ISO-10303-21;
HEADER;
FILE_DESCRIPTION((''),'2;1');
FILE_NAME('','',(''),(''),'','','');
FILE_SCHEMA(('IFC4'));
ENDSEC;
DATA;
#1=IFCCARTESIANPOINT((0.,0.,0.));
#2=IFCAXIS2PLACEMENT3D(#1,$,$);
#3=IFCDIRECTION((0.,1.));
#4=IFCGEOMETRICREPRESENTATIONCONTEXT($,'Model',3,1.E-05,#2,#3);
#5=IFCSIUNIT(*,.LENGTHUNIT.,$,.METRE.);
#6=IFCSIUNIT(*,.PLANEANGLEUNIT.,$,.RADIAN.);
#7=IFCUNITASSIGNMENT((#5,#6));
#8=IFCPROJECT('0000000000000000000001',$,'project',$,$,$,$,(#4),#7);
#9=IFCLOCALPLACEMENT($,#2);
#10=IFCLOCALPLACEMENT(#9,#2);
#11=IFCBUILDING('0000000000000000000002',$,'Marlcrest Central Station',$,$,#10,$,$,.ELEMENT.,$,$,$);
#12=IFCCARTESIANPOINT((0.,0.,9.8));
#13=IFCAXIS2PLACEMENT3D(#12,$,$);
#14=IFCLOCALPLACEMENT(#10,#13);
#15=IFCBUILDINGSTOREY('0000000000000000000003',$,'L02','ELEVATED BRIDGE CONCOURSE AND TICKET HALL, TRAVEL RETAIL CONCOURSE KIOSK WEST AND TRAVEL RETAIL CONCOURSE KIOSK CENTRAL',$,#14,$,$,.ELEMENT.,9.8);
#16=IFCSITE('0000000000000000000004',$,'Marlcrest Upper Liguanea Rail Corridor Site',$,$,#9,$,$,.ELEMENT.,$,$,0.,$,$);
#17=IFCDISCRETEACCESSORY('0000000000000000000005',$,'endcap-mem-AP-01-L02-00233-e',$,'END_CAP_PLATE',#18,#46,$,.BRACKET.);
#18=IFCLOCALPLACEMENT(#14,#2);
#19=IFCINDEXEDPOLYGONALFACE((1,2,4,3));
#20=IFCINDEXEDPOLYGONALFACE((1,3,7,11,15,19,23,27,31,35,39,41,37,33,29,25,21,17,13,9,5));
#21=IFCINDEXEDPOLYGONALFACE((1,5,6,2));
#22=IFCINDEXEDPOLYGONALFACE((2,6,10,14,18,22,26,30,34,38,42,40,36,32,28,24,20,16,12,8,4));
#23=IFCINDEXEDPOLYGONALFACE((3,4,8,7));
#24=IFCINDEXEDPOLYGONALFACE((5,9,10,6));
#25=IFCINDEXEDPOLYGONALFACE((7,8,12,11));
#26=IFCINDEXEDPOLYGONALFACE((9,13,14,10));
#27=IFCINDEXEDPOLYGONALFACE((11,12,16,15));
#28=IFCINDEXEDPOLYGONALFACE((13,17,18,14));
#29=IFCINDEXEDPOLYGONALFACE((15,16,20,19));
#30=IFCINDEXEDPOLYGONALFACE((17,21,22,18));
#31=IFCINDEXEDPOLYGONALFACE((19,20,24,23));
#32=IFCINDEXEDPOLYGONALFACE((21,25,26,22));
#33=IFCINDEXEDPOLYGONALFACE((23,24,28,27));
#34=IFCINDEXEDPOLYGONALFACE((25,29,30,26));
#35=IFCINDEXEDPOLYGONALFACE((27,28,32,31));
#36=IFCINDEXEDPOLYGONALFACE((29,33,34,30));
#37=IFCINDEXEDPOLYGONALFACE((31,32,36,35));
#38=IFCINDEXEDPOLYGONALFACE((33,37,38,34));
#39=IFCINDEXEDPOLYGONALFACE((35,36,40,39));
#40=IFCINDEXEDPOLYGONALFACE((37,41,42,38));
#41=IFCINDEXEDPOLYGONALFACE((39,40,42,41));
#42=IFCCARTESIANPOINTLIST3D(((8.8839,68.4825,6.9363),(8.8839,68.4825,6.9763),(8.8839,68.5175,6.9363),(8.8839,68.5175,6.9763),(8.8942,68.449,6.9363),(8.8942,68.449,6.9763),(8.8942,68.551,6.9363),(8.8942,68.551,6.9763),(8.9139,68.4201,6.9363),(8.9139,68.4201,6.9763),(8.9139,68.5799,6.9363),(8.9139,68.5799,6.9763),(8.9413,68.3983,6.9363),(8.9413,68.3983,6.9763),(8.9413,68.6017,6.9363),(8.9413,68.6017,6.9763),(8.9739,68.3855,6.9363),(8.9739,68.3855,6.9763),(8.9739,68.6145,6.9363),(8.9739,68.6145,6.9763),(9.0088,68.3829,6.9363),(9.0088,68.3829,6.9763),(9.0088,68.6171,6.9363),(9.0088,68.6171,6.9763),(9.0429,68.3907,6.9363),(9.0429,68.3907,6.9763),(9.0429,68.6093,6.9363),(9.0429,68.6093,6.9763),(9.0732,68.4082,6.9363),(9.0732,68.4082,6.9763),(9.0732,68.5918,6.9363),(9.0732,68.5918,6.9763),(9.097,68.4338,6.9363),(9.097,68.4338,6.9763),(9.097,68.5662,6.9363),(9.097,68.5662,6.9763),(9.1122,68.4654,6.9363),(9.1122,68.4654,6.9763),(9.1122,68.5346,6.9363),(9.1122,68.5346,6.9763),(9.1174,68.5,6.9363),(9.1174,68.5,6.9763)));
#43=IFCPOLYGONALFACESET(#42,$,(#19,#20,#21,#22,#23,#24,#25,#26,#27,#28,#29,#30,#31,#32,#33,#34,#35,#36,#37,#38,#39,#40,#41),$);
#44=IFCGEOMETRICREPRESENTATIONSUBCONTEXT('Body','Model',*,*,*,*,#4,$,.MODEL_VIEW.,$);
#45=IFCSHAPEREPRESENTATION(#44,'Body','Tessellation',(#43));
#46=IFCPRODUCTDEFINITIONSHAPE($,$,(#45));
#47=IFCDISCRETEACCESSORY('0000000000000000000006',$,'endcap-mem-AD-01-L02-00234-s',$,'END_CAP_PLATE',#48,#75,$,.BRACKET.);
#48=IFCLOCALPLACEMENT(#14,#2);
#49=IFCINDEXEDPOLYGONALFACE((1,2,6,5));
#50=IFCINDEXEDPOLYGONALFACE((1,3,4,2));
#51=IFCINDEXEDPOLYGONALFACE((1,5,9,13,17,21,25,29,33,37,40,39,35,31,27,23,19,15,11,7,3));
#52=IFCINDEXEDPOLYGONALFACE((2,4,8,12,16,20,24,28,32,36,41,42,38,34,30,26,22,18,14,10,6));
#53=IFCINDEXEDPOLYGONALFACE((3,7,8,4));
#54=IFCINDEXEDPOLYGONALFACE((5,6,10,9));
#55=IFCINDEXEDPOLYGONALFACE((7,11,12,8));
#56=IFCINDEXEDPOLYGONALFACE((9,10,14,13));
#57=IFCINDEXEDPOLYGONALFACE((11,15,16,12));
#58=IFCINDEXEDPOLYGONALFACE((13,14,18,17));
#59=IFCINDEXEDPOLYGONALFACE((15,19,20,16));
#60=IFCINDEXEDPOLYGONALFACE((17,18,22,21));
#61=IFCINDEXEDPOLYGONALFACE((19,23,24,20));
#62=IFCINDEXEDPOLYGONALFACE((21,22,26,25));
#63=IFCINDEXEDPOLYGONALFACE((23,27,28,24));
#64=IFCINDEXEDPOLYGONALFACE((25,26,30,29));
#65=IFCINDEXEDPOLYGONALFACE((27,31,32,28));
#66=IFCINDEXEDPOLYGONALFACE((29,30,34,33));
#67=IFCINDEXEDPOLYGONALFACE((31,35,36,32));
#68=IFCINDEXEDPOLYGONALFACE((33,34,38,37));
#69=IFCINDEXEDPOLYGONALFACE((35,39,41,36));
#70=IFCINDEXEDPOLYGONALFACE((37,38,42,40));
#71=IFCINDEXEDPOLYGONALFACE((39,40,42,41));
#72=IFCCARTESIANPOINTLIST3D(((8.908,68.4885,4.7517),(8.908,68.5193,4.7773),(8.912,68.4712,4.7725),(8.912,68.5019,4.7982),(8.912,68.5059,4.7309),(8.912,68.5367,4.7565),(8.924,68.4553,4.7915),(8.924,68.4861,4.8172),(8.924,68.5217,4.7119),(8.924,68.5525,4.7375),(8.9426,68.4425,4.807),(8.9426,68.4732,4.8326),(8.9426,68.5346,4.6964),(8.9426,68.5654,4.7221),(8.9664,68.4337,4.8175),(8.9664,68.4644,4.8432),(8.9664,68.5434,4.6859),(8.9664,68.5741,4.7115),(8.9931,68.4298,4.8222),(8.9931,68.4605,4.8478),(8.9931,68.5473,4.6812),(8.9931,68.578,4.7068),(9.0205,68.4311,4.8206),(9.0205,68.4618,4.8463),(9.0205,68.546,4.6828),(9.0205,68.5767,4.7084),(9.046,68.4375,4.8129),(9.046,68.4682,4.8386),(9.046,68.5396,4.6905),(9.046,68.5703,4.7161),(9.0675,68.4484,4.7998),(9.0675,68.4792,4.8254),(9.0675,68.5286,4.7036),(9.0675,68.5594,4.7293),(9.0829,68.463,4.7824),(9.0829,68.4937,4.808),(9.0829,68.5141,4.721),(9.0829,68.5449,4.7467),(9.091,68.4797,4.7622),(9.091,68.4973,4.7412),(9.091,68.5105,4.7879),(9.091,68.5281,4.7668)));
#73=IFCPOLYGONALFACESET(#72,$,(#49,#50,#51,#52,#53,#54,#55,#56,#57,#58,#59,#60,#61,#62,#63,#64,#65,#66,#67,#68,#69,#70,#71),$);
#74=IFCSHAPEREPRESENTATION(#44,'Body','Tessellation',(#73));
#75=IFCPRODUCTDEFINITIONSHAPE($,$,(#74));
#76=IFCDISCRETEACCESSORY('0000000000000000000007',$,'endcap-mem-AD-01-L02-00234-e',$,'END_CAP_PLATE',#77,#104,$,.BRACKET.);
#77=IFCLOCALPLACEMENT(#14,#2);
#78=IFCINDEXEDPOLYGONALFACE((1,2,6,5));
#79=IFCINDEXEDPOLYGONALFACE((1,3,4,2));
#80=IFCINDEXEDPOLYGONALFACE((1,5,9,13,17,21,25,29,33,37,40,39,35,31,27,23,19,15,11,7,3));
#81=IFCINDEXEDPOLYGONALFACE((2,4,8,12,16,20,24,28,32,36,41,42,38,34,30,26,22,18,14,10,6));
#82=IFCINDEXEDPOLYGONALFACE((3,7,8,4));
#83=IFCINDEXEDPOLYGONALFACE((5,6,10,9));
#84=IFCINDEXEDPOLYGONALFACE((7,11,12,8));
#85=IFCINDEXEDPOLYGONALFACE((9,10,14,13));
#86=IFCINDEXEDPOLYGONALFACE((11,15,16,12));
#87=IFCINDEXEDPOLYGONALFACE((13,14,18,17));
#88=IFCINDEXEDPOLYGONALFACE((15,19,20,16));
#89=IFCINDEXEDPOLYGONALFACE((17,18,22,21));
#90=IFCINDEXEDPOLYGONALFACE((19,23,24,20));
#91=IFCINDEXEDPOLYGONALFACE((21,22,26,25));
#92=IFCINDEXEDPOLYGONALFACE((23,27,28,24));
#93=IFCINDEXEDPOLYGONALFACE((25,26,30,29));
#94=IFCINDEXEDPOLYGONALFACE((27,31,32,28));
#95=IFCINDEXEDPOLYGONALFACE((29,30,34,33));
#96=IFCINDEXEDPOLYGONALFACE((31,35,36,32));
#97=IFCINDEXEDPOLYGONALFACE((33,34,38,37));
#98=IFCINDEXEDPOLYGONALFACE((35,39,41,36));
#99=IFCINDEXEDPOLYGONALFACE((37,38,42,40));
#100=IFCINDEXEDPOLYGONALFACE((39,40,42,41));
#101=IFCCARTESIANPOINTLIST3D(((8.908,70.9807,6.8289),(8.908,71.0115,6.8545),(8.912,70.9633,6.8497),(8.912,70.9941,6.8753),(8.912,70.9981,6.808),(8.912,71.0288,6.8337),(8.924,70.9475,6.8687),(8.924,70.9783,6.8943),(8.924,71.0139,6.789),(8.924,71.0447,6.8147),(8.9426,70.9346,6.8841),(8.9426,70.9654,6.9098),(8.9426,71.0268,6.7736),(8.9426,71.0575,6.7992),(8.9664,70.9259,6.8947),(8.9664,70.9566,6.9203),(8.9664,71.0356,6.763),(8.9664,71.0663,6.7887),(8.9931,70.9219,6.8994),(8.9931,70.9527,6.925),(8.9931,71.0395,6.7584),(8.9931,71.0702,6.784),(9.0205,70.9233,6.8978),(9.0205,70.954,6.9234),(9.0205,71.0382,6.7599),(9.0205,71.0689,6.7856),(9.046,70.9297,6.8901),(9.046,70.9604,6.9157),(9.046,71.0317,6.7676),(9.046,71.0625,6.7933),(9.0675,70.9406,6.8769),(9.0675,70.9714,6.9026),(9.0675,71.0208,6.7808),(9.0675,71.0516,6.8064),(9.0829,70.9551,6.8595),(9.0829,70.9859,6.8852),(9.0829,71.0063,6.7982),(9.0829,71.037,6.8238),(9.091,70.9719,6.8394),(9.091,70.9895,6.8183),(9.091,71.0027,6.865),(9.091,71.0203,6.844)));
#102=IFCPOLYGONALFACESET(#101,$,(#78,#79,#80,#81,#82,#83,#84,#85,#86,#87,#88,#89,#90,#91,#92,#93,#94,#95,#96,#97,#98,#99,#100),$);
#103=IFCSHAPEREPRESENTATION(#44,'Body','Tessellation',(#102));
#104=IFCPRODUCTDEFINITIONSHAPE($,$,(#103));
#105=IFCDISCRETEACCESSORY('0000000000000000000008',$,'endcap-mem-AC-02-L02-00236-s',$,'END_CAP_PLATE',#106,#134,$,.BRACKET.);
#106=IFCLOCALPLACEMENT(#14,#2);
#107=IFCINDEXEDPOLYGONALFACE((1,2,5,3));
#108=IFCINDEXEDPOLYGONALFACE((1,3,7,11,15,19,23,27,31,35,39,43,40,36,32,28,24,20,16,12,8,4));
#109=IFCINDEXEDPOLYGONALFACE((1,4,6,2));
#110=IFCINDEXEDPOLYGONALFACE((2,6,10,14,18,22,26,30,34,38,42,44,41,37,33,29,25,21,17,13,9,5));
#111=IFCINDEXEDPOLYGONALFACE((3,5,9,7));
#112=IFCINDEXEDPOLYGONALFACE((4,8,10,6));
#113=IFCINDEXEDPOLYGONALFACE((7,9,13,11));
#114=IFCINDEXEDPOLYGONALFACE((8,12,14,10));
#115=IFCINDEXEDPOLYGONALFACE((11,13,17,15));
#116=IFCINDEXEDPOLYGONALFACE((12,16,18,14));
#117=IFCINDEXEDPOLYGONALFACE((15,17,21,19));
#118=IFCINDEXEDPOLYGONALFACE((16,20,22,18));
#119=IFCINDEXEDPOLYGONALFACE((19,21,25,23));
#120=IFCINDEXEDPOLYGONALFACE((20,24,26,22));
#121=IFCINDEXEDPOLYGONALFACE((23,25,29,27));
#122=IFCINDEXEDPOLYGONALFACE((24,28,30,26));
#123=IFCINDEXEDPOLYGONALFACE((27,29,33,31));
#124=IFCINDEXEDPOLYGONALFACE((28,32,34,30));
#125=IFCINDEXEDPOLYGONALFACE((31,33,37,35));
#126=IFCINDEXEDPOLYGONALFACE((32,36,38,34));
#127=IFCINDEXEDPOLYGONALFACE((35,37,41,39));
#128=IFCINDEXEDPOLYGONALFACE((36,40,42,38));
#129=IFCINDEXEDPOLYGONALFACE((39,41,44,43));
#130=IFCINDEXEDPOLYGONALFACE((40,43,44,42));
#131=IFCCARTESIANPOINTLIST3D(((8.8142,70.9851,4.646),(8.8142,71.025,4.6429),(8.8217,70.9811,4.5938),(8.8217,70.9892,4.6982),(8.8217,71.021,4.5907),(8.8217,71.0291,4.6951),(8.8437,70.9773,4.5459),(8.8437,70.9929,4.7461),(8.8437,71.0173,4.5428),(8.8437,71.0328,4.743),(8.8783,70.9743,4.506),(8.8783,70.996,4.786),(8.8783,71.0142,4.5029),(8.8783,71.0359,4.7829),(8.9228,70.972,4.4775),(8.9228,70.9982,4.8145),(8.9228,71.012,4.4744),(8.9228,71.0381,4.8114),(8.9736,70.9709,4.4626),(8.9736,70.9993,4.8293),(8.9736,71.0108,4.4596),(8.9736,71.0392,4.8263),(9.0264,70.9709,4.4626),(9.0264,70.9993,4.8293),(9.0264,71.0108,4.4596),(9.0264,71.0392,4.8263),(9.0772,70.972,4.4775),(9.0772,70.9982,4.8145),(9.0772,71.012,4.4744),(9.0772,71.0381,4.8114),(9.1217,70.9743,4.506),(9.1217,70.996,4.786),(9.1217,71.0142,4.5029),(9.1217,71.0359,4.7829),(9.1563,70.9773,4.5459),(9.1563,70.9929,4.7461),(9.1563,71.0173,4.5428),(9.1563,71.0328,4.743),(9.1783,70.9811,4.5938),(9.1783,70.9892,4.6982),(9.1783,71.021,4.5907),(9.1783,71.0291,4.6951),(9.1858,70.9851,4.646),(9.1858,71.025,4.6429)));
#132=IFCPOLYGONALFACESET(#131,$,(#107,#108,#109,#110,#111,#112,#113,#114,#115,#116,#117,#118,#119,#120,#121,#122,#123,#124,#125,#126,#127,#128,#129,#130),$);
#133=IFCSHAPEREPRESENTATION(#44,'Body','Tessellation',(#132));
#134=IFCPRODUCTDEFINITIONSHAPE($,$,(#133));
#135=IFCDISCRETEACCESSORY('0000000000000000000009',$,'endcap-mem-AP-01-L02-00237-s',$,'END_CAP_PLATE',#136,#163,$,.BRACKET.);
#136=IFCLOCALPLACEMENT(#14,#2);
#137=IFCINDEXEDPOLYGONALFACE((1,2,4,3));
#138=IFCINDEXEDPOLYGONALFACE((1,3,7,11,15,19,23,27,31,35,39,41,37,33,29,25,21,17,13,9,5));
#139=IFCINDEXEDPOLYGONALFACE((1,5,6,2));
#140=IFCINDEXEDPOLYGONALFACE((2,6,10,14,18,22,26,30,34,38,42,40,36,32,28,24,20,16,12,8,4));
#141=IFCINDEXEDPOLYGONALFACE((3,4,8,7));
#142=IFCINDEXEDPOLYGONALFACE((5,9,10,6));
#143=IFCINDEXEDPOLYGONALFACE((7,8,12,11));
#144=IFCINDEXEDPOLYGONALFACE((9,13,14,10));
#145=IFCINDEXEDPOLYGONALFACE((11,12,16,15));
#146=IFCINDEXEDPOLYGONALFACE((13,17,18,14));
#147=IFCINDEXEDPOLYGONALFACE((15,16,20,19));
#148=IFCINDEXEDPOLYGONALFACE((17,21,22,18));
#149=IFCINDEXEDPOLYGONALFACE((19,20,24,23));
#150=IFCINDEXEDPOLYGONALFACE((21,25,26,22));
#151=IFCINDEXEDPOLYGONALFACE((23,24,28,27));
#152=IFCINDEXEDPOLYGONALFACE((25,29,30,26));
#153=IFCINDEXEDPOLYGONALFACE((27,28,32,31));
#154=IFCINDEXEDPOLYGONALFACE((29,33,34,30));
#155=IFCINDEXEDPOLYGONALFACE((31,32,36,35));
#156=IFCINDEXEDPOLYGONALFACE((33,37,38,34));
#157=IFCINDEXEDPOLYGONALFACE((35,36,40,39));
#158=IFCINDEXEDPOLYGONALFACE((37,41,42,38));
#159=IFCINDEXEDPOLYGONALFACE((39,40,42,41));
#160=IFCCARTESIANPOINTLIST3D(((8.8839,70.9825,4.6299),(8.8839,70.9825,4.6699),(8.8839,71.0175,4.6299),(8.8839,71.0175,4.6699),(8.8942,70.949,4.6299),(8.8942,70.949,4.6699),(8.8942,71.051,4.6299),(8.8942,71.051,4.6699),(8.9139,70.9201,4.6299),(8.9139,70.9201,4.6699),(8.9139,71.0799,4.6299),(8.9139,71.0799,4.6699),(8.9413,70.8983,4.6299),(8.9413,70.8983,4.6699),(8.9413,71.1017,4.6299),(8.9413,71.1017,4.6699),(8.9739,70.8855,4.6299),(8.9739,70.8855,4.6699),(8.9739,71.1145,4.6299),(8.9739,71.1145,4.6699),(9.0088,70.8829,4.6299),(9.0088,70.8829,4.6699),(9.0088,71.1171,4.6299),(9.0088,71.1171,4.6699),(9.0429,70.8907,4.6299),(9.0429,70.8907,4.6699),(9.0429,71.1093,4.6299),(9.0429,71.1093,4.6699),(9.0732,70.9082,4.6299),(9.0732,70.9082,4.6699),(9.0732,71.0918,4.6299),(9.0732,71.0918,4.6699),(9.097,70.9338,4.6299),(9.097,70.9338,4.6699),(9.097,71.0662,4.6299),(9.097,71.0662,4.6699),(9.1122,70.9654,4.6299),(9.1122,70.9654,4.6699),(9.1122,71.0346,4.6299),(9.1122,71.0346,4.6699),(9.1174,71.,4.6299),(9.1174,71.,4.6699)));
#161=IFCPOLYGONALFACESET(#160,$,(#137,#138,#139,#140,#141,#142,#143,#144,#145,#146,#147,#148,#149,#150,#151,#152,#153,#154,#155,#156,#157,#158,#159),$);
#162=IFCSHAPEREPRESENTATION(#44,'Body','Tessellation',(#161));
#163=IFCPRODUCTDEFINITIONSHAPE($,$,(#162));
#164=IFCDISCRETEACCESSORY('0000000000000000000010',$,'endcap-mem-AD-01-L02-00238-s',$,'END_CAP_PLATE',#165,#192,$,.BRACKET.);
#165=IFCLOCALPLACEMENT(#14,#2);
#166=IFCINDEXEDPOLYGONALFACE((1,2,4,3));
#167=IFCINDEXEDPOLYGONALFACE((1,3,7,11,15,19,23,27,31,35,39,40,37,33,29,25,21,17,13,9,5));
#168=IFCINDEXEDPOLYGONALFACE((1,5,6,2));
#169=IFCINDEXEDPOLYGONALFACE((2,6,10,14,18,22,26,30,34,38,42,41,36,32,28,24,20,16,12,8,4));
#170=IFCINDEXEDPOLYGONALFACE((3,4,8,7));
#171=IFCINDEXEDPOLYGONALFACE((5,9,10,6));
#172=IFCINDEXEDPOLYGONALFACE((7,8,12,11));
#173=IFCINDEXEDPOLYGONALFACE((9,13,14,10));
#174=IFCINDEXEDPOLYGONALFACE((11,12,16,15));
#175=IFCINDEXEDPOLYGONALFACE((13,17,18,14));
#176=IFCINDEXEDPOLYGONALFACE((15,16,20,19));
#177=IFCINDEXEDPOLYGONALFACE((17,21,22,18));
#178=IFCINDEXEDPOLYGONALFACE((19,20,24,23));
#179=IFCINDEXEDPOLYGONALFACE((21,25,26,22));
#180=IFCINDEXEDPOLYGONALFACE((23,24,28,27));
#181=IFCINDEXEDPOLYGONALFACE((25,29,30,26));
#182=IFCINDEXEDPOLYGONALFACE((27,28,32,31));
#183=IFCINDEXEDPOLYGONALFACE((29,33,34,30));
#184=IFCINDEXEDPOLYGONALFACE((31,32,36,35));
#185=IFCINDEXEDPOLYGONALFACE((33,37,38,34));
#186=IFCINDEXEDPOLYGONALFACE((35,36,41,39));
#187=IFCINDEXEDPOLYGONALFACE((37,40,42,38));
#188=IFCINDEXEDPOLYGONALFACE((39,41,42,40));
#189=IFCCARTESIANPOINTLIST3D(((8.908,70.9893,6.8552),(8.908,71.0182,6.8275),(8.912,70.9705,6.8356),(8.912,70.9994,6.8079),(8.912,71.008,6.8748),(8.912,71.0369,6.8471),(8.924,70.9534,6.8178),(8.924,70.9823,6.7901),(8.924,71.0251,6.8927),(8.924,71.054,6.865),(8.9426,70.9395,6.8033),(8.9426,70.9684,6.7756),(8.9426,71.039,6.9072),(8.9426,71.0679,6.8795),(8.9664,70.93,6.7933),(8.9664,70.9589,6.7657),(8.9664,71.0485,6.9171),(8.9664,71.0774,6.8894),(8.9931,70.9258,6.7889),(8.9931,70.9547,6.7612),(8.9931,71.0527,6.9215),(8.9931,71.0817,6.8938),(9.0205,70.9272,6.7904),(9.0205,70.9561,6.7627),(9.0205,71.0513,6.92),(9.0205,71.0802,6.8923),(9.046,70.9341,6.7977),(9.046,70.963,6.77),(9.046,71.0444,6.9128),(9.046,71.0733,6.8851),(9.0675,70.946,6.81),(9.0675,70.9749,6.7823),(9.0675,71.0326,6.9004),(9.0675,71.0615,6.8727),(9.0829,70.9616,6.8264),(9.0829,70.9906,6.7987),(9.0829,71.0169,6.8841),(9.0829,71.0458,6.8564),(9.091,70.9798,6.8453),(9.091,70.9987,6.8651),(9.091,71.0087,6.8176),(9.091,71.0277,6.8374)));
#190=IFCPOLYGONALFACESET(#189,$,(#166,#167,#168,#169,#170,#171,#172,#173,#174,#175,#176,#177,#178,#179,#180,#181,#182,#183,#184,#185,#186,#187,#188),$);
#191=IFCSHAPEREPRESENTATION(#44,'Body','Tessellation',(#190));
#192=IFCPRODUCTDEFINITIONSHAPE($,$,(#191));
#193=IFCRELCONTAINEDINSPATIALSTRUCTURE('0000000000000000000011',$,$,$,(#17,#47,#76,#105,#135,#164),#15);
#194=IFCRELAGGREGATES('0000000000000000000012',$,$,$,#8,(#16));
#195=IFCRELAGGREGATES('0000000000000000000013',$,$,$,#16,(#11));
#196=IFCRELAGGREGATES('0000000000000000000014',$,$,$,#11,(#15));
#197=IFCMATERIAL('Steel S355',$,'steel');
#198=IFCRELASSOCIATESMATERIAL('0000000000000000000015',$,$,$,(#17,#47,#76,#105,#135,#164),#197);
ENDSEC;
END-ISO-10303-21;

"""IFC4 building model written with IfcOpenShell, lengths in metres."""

from ifc_helpers import new_model, si_unit, direction, frame, origin, origin_2d, place, context, subcontext, project, spatial, circle, extrude, material, element, save


model = new_model("IFC4")

# Units and contexts
model_context = context("Model", 3, precision=1e-05, world=origin(), true_north=direction((0.0, 1.0)))
body_context = subcontext(model_context, "Body", "Model", "MODEL_VIEW")
ifc_project = project(units=[si_unit("LENGTHUNIT", "METRE"), si_unit("PLANEANGLEUNIT", "RADIAN")], contexts=[model_context])

# Site, building, storey
site_placement = place(None, origin())
site = spatial("IfcSite", under=ifc_project, at=site_placement, Name="Marlcrest Upper Liguanea Rail Corridor Site", CompositionType="ELEMENT", RefElevation=0.0)
building_placement = place(site_placement, origin())
building = spatial("IfcBuilding", under=site, at=building_placement, Name="Marlcrest Central Station", CompositionType="ELEMENT")
storey_placement = place(building_placement, frame((0.0, 0.0, 9.8)))
storey = spatial("IfcBuildingStorey", under=building, at=storey_placement, Name="L02", Description="ELEVATED BRIDGE CONCOURSE AND TICKET HALL, TRAVEL RETAIL CONCOURSE KIOSK WEST AND TRAVEL RETAIL CONCOURSE KIOSK CENTRAL", CompositionType="ELEMENT", Elevation=9.8)

# Shared definitions
ifc_material = material(Name="Steel S355", Category="steel")

# Discrete accessories
for number, where, z_axis, x_axis, name in (
    (1, (9.0, 68.5, 6.9363), (0.0, 0.0, 1.0), (1.0, 0.0, 0.0), "endcap-mem-AP-01-L02-00233-e"),
):
    element("IfcDiscreteAccessory", number, at=place(storey_placement, frame(where, z_axis=z_axis, x_axis=x_axis)), inside=storey, material=ifc_material, Name=name, ObjectType="END_CAP_PLATE", PredefinedType="BRACKET", context=body_context, shape_type="SweptSolid", body=[
        extrude(circle(Radius=0.1174, at=origin_2d()), origin(), (0.0, 0.0, 1.0), 0.04),
    ])
for number, where, z_axis, x_axis, name in (
    (2, (9.0, 68.4885, 4.7517), (0.0, 0.76816, 0.640258), (-1.0, 0.0, 0.0), "endcap-mem-AD-01-L02-00234-s"),
    (3, (9.0, 70.9807, 6.8289), (0.0, 0.76816, 0.640258), (-1.0, 0.0, 0.0), "endcap-mem-AD-01-L02-00234-e"),
):
    element("IfcDiscreteAccessory", number, at=place(storey_placement, frame(where, z_axis=z_axis, x_axis=x_axis)), inside=storey, material=ifc_material, Name=name, ObjectType="END_CAP_PLATE", PredefinedType="BRACKET", context=body_context, shape_type="SweptSolid", body=[
        extrude(circle(Radius=0.092, at=origin_2d()), origin(), (0.0, 0.0, 1.0), 0.04),
    ])
discrete_accessory_1_placement = place(storey_placement, frame((9.0, 70.9851, 4.646), z_axis=(0.0, 0.997007, -0.077307), x_axis=(-1.0, 0.0, 0.0)))
element("IfcDiscreteAccessory", 4, at=discrete_accessory_1_placement, inside=storey, material=ifc_material, Name="endcap-mem-AC-02-L02-00236-s", ObjectType="END_CAP_PLATE", PredefinedType="BRACKET", context=body_context, shape_type="SweptSolid", body=[
    extrude(circle(Radius=0.1858, at=origin_2d()), origin(), (0.0, 0.0, 1.0), 0.04),
])
discrete_accessory_2_placement = place(storey_placement, frame((9.0, 71.0, 4.6299), z_axis=(0.0, 0.0, 1.0), x_axis=(1.0, 0.0, 0.0)))
element("IfcDiscreteAccessory", 5, at=discrete_accessory_2_placement, inside=storey, material=ifc_material, Name="endcap-mem-AP-01-L02-00237-s", ObjectType="END_CAP_PLATE", PredefinedType="BRACKET", context=body_context, shape_type="SweptSolid", body=[
    extrude(circle(Radius=0.1174, at=origin_2d()), origin(), (0.0, 0.0, 1.0), 0.04),
])
discrete_accessory_3_placement = place(storey_placement, frame((9.0, 70.9893, 6.8552), z_axis=(0.0, 0.722247, -0.691636), x_axis=(-1.0, 0.0, 0.0)))
element("IfcDiscreteAccessory", 6, at=discrete_accessory_3_placement, inside=storey, material=ifc_material, Name="endcap-mem-AD-01-L02-00238-s", ObjectType="END_CAP_PLATE", PredefinedType="BRACKET", context=body_context, shape_type="SweptSolid", body=[
    extrude(circle(Radius=0.092, at=origin_2d()), origin(), (0.0, 0.0, 1.0), 0.04),
])

save(model, "model.ifc")
